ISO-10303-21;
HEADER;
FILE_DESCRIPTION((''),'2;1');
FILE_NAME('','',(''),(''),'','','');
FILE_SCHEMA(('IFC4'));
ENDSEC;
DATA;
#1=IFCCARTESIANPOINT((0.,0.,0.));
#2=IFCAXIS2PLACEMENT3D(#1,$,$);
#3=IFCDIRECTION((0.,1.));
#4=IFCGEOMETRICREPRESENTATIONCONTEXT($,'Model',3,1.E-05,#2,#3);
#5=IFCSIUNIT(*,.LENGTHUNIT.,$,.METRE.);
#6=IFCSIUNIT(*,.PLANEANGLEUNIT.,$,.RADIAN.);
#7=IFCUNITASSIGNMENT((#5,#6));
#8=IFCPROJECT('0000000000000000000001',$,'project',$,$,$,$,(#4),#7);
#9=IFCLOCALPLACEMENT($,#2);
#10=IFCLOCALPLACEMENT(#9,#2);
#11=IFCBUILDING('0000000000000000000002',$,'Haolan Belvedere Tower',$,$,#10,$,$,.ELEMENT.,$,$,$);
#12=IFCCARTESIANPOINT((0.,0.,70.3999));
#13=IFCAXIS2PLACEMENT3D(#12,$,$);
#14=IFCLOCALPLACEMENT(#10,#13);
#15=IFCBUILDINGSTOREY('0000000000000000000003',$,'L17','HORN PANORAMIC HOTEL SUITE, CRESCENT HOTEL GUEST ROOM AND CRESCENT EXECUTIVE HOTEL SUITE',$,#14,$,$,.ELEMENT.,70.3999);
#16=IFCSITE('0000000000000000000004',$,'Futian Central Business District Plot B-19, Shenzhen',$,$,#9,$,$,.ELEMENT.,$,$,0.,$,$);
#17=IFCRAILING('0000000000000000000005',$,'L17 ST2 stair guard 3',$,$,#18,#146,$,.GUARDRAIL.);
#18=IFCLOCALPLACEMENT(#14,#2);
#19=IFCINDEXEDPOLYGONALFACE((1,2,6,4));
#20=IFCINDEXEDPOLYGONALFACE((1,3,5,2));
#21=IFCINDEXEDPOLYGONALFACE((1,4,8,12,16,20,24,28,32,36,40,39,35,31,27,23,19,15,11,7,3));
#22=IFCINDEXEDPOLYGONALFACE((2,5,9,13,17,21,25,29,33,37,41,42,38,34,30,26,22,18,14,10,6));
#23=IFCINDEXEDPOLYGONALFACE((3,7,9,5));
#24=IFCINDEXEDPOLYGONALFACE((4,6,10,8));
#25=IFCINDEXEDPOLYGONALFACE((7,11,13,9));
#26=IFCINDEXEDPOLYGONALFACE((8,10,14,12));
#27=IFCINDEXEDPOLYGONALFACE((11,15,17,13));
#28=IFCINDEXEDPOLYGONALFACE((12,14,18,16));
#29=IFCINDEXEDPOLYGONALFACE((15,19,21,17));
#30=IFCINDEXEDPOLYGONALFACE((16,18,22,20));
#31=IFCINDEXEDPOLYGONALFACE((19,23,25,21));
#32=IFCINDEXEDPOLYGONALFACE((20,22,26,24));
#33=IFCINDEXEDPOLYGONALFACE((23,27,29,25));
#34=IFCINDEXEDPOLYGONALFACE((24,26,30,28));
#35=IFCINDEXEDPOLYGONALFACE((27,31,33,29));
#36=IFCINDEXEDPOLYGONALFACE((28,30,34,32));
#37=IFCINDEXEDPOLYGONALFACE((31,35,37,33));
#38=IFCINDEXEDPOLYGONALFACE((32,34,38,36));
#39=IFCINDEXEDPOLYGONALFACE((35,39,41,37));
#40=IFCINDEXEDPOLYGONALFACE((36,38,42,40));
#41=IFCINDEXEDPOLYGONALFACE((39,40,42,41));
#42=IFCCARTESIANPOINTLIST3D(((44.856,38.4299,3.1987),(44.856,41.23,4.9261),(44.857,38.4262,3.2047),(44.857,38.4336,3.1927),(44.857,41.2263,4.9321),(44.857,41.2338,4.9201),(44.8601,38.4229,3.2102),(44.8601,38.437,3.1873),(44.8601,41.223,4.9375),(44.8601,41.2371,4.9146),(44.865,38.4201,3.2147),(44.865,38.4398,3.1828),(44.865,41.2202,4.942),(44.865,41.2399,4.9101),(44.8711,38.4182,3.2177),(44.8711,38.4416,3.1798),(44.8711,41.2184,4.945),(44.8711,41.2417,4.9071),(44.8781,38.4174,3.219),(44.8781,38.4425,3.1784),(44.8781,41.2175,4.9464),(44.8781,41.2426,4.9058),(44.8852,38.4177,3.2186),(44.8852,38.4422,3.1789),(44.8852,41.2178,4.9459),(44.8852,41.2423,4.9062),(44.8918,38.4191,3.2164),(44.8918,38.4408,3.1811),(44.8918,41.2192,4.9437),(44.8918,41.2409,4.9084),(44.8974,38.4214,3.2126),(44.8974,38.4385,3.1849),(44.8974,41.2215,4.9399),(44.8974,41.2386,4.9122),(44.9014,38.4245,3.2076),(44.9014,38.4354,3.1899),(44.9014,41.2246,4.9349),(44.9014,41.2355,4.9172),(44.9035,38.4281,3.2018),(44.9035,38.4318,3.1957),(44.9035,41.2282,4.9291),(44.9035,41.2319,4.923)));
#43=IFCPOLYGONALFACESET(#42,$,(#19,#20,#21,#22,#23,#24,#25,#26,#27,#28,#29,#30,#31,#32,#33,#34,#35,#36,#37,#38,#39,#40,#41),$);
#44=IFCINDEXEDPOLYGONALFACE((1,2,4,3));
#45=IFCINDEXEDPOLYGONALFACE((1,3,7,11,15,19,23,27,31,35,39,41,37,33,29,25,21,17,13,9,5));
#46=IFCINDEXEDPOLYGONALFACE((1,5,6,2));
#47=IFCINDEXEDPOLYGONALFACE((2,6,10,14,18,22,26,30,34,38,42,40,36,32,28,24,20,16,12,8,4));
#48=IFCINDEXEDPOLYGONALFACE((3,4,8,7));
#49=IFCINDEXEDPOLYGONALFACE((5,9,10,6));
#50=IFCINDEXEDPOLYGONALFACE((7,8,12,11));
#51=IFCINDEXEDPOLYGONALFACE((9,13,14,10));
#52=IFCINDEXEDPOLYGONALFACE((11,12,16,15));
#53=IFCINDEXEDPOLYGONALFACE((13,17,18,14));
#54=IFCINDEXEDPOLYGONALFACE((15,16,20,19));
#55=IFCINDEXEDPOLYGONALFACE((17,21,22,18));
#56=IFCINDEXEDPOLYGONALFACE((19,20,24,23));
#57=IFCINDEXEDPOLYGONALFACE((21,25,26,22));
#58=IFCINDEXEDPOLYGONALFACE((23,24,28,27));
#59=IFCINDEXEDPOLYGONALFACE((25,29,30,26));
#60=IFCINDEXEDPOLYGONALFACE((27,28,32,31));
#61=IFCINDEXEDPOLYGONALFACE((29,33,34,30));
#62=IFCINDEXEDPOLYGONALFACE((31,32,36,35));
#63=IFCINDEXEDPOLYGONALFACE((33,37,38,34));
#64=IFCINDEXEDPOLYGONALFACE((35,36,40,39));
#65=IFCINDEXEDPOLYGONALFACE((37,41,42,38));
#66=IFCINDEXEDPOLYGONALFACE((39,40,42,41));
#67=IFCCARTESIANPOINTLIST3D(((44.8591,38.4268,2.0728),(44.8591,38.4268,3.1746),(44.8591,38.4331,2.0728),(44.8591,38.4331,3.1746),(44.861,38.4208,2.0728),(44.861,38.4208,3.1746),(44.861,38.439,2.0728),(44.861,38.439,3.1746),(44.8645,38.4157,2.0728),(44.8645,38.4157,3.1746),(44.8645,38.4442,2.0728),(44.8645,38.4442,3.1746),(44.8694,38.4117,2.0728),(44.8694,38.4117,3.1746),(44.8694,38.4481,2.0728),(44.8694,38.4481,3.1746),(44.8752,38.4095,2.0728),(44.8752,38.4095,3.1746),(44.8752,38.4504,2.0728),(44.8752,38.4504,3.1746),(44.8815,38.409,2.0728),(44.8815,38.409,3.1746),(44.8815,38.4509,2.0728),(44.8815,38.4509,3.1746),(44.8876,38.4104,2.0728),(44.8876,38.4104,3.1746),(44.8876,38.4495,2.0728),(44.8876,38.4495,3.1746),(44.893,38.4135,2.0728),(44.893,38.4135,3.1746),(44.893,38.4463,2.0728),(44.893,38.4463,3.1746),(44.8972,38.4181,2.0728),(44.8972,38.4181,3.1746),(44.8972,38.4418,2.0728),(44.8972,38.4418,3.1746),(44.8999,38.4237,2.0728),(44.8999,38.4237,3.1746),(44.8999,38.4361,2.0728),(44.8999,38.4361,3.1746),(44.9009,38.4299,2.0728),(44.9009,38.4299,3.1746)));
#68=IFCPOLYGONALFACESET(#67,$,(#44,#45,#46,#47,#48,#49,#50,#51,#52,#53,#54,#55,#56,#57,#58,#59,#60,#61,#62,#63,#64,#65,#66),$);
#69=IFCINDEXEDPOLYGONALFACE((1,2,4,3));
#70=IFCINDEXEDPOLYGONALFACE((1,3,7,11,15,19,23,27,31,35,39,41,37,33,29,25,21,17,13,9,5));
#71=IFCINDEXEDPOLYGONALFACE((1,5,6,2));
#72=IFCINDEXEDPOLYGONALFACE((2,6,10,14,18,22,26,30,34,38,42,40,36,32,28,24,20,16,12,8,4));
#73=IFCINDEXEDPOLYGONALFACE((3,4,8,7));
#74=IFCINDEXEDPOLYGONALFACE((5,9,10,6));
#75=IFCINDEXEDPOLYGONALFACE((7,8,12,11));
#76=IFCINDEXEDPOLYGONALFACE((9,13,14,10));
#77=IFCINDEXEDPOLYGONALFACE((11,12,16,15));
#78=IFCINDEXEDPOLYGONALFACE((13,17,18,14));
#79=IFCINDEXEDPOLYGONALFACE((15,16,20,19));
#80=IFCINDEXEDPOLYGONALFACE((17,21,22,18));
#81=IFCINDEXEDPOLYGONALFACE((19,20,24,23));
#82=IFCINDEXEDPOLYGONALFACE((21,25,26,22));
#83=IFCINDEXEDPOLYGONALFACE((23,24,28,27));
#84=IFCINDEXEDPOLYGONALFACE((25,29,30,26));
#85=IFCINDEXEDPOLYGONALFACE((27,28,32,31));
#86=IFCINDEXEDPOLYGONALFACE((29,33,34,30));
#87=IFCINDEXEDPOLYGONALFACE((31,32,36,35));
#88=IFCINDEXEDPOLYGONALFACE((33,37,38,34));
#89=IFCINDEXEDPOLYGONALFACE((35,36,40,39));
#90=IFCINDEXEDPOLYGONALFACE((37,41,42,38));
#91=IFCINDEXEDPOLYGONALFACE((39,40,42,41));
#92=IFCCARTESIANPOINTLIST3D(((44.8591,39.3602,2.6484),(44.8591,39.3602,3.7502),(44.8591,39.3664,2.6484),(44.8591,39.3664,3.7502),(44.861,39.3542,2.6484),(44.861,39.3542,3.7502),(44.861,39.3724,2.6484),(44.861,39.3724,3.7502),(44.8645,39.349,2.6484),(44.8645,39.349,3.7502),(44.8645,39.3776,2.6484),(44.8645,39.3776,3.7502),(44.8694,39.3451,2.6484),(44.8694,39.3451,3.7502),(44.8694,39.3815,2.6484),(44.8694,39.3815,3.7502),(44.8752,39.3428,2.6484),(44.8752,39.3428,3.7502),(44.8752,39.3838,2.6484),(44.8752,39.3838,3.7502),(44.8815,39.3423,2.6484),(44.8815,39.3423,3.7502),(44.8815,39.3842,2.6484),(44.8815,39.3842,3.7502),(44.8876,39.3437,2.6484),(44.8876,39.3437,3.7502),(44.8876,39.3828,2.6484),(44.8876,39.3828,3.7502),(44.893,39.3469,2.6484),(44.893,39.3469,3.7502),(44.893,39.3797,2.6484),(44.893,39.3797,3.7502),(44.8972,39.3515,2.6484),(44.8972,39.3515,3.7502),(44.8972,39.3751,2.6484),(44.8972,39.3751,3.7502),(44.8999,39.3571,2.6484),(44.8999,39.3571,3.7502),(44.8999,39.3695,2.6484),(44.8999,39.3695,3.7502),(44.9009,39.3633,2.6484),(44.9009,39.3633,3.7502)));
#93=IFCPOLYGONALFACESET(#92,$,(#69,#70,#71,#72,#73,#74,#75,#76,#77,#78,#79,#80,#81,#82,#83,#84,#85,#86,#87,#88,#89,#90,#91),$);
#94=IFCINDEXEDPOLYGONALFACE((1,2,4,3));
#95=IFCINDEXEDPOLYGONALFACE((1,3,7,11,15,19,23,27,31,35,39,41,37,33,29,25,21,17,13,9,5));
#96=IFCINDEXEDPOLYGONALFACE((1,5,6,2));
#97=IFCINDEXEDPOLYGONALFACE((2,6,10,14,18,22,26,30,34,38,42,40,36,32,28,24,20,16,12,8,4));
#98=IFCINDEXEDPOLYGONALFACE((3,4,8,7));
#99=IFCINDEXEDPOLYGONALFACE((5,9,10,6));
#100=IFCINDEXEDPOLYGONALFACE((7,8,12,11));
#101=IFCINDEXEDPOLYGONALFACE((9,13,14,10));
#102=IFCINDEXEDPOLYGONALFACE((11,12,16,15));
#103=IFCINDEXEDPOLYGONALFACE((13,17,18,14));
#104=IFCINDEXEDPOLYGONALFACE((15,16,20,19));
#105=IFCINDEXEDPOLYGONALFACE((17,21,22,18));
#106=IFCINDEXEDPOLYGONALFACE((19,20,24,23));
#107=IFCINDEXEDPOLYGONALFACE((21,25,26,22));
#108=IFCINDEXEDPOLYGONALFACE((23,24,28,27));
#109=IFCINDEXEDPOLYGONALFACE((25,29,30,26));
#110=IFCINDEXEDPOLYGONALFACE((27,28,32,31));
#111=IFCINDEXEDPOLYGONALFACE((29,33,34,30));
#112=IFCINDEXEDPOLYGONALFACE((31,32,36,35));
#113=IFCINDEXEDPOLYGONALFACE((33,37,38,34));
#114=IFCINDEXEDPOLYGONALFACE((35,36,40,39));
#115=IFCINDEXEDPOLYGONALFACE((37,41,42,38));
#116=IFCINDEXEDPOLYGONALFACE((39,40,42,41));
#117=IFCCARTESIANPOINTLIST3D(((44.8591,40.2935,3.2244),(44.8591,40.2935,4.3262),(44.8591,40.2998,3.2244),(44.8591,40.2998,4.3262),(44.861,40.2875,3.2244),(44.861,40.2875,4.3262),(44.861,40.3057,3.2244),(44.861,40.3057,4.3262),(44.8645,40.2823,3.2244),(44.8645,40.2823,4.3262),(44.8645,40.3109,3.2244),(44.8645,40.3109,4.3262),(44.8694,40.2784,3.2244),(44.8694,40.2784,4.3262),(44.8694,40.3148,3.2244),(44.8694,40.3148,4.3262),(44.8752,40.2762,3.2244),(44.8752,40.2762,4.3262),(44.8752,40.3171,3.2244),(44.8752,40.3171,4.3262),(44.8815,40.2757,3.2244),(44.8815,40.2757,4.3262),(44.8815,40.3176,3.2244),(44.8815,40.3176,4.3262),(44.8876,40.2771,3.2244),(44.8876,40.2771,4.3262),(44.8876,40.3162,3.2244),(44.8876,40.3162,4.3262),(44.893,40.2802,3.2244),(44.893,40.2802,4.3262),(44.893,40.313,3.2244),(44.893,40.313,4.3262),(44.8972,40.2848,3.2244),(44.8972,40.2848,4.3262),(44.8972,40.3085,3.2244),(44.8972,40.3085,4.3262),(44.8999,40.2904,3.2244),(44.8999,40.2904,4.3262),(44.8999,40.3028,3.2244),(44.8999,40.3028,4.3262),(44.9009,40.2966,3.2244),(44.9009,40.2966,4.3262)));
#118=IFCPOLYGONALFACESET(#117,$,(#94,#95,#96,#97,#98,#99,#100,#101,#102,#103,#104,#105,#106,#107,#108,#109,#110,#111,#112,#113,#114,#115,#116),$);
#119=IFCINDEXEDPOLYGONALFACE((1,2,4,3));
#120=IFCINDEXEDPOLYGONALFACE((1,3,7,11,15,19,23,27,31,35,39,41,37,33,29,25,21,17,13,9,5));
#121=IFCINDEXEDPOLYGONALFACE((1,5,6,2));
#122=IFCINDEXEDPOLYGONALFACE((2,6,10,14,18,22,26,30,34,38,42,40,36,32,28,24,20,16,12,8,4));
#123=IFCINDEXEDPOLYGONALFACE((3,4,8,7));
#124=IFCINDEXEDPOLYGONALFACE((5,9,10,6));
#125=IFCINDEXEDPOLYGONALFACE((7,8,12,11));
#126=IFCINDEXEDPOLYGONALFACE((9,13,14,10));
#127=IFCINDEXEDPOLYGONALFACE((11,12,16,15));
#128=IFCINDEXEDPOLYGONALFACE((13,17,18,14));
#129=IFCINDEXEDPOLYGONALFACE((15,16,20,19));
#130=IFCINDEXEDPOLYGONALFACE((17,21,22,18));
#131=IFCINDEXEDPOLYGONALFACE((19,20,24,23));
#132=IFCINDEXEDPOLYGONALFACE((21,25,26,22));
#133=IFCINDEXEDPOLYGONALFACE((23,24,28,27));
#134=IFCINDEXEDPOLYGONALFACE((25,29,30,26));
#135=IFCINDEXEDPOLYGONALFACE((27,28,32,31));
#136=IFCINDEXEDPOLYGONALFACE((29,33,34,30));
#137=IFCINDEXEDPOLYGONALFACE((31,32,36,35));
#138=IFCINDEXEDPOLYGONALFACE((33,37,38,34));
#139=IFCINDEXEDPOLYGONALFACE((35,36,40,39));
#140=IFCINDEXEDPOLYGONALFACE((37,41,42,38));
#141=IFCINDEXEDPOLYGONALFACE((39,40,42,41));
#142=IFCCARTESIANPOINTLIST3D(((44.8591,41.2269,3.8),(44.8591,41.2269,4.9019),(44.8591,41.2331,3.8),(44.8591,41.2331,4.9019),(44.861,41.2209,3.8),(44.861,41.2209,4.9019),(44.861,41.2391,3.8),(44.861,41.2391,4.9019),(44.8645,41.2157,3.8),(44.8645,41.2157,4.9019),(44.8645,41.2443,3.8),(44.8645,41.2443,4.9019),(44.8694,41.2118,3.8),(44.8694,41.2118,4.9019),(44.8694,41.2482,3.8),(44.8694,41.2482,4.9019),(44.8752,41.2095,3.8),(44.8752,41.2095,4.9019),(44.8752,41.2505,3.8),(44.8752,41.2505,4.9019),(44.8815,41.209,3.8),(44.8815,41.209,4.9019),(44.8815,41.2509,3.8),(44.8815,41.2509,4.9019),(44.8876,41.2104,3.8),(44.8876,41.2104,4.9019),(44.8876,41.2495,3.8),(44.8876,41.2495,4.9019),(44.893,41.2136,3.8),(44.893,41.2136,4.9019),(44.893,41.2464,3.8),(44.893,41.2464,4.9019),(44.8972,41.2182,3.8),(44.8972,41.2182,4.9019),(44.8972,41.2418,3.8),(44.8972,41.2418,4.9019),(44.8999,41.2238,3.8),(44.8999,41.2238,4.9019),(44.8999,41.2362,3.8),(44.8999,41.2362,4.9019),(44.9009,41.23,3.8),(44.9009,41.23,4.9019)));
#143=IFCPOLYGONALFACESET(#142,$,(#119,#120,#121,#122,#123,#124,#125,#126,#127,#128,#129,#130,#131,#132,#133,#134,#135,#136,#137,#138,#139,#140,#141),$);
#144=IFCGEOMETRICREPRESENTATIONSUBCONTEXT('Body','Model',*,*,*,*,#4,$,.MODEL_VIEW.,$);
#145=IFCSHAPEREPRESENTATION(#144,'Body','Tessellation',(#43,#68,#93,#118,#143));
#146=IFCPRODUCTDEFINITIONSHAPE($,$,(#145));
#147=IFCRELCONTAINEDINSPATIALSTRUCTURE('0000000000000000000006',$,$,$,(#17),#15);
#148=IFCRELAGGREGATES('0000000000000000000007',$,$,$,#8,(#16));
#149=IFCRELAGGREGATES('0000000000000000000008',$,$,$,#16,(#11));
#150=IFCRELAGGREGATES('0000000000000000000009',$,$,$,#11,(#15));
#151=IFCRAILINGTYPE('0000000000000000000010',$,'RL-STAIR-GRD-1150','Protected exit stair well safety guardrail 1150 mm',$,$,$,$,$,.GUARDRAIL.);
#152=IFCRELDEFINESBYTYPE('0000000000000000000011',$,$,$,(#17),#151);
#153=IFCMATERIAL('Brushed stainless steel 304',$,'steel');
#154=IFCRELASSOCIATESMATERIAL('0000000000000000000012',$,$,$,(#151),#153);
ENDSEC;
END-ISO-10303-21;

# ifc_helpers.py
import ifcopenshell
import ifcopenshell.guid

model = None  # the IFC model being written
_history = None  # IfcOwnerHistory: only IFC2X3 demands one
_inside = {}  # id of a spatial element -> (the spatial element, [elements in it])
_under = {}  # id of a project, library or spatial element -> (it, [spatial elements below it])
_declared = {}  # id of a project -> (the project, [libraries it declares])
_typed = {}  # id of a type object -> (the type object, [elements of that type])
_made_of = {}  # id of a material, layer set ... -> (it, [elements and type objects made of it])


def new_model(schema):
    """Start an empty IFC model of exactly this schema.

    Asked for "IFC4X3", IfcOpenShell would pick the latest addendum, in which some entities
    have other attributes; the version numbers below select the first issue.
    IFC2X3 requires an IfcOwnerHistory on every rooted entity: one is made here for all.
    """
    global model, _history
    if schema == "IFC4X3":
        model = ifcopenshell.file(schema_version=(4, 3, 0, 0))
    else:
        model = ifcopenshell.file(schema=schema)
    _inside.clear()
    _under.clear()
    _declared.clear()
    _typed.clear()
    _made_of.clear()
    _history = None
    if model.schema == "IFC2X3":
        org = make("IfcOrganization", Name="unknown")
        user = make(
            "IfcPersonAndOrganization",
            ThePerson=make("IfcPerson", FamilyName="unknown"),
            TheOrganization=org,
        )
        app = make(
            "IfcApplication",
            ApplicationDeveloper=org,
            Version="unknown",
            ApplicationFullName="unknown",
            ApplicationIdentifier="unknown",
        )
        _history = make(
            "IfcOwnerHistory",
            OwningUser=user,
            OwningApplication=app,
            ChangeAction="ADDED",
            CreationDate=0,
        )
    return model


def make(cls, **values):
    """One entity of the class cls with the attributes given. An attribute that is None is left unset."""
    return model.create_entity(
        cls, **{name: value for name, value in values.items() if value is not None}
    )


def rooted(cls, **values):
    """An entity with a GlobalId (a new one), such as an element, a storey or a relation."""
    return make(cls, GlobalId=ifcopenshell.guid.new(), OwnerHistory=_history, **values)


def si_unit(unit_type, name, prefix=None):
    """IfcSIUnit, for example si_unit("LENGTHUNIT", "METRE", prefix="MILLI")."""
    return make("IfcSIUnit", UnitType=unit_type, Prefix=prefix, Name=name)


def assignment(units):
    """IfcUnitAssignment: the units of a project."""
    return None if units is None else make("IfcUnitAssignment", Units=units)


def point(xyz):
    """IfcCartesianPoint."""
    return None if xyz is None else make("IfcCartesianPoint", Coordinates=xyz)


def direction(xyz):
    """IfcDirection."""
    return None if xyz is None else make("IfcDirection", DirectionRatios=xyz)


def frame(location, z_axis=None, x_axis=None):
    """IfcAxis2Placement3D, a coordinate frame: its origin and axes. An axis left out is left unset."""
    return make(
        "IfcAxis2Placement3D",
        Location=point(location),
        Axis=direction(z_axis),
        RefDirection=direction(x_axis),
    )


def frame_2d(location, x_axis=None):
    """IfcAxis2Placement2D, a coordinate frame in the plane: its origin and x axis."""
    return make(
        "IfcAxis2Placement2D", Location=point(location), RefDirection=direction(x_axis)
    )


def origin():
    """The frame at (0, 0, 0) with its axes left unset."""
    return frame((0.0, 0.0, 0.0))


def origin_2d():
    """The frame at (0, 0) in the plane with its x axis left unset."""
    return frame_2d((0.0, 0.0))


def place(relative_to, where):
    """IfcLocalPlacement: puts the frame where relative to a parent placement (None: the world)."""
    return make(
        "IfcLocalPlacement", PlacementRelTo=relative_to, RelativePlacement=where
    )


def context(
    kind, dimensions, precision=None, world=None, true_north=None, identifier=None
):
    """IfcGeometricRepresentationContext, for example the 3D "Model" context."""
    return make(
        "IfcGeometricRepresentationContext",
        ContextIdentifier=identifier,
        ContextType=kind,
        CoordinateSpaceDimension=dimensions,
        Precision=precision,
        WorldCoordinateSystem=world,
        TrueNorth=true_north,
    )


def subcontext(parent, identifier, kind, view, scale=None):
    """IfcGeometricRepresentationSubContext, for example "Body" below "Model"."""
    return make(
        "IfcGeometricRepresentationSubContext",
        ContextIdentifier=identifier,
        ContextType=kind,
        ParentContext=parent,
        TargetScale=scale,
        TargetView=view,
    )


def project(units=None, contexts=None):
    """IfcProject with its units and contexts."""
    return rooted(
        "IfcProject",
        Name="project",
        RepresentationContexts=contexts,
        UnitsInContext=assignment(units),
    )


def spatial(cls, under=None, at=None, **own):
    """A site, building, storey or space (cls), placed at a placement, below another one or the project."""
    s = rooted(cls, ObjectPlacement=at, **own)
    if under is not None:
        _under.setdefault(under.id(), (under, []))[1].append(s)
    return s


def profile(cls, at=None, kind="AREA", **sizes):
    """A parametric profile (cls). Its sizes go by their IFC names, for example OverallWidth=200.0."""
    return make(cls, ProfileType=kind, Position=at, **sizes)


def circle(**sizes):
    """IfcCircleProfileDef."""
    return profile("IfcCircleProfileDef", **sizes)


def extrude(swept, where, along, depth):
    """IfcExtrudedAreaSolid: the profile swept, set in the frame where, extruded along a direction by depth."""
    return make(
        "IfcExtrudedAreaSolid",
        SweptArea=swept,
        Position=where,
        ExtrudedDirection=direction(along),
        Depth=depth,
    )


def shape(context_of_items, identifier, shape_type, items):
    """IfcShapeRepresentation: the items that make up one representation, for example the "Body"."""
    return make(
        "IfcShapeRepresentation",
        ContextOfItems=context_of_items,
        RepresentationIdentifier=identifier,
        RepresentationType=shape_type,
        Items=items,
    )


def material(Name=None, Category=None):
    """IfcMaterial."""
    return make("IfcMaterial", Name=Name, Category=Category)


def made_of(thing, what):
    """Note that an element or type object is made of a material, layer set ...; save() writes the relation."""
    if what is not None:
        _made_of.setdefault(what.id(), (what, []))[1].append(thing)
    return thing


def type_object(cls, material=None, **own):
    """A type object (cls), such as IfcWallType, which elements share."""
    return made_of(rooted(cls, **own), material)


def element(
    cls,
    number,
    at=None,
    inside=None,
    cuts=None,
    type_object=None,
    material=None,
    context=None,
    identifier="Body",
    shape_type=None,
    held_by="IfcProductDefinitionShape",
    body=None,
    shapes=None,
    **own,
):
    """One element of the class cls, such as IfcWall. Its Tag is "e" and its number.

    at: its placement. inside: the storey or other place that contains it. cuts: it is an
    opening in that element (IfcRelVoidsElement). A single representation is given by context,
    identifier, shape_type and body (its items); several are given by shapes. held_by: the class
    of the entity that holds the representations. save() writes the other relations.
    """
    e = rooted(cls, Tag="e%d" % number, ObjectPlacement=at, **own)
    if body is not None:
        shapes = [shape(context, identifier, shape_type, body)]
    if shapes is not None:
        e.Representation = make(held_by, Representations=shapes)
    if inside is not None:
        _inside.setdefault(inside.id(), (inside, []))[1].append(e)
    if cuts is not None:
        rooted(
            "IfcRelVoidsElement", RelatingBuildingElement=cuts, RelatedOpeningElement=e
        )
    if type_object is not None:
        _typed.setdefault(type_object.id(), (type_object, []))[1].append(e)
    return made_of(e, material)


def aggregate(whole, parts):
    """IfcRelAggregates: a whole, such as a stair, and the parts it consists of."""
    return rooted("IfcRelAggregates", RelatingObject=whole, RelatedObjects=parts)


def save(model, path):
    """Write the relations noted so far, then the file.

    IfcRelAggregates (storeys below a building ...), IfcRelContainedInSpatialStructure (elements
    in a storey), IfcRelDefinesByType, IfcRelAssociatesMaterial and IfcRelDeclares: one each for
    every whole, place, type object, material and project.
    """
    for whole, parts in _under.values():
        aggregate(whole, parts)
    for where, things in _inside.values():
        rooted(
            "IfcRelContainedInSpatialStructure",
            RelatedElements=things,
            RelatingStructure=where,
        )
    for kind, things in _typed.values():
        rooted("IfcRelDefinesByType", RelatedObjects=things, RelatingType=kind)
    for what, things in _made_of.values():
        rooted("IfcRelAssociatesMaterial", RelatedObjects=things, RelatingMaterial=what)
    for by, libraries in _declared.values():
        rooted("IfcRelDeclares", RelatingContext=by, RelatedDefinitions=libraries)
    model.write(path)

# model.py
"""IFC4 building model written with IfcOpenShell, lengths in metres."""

from ifc_helpers import new_model, si_unit, direction, frame, origin, origin_2d, place, context, subcontext, project, spatial, circle, extrude, material, type_object, element, save


model = new_model("IFC4")

# Units and contexts
model_context = context("Model", 3, precision=1e-05, world=origin(), true_north=direction((0.0, 1.0)))
body_context = subcontext(model_context, "Body", "Model", "MODEL_VIEW")
ifc_project = project(units=[si_unit("LENGTHUNIT", "METRE"), si_unit("PLANEANGLEUNIT", "RADIAN")], contexts=[model_context])

# Site, building, storey
site_placement = place(None, origin())
site = spatial("IfcSite", under=ifc_project, at=site_placement, Name="Futian Central Business District Plot B-19, Shenzhen", CompositionType="ELEMENT", RefElevation=0.0)
building_placement = place(site_placement, origin())
building = spatial("IfcBuilding", under=site, at=building_placement, Name="Haolan Belvedere Tower", CompositionType="ELEMENT")
storey_placement = place(building_placement, frame((0.0, 0.0, 70.3999)))
storey = spatial("IfcBuildingStorey", under=building, at=storey_placement, Name="L17", Description="HORN PANORAMIC HOTEL SUITE, CRESCENT HOTEL GUEST ROOM AND CRESCENT EXECUTIVE HOTEL SUITE", CompositionType="ELEMENT", Elevation=70.3999)

# Railing
ifc_material_1 = material(Name="Brushed stainless steel 304", Category="steel")
railing_type_1 = type_object("IfcRailingType", Name="RL-STAIR-GRD-1150", Description="Protected exit stair well safety guardrail 1150 mm", PredefinedType="GUARDRAIL", material=ifc_material_1)
railing_1_placement = place(storey_placement, frame((44.8799, 38.4299, 2.0728)))
element("IfcRailing", 1, at=railing_1_placement, inside=storey, type_object=railing_type_1, Name="L17 ST2 stair guard 3", PredefinedType="GUARDRAIL", context=body_context, shape_type="SweptSolid", body=[
    extrude(circle(Radius=0.0239, at=origin_2d()), frame((0.0, 0.0, 1.126), z_axis=(0.0, 0.85109, 0.52502), x_axis=(-1.0, 0.0, 0.0)), (0.0, 0.0, 1.0), 3.29),
    extrude(circle(Radius=0.021, at=origin_2d()), origin(), (0.0, 0.0, 1.0), 1.1018),
    extrude(circle(Radius=0.021, at=origin_2d()), frame((0.0, 0.9333, 0.5757)), (0.0, 0.0, 1.0), 1.1018),
    extrude(circle(Radius=0.021, at=origin_2d()), frame((0.0, 1.8667, 1.1516)), (0.0, 0.0, 1.0), 1.1018),
    extrude(circle(Radius=0.021, at=origin_2d()), frame((0.0, 2.8, 1.7273)), (0.0, 0.0, 1.0), 1.1018),
])

save(model, "model.ifc")
